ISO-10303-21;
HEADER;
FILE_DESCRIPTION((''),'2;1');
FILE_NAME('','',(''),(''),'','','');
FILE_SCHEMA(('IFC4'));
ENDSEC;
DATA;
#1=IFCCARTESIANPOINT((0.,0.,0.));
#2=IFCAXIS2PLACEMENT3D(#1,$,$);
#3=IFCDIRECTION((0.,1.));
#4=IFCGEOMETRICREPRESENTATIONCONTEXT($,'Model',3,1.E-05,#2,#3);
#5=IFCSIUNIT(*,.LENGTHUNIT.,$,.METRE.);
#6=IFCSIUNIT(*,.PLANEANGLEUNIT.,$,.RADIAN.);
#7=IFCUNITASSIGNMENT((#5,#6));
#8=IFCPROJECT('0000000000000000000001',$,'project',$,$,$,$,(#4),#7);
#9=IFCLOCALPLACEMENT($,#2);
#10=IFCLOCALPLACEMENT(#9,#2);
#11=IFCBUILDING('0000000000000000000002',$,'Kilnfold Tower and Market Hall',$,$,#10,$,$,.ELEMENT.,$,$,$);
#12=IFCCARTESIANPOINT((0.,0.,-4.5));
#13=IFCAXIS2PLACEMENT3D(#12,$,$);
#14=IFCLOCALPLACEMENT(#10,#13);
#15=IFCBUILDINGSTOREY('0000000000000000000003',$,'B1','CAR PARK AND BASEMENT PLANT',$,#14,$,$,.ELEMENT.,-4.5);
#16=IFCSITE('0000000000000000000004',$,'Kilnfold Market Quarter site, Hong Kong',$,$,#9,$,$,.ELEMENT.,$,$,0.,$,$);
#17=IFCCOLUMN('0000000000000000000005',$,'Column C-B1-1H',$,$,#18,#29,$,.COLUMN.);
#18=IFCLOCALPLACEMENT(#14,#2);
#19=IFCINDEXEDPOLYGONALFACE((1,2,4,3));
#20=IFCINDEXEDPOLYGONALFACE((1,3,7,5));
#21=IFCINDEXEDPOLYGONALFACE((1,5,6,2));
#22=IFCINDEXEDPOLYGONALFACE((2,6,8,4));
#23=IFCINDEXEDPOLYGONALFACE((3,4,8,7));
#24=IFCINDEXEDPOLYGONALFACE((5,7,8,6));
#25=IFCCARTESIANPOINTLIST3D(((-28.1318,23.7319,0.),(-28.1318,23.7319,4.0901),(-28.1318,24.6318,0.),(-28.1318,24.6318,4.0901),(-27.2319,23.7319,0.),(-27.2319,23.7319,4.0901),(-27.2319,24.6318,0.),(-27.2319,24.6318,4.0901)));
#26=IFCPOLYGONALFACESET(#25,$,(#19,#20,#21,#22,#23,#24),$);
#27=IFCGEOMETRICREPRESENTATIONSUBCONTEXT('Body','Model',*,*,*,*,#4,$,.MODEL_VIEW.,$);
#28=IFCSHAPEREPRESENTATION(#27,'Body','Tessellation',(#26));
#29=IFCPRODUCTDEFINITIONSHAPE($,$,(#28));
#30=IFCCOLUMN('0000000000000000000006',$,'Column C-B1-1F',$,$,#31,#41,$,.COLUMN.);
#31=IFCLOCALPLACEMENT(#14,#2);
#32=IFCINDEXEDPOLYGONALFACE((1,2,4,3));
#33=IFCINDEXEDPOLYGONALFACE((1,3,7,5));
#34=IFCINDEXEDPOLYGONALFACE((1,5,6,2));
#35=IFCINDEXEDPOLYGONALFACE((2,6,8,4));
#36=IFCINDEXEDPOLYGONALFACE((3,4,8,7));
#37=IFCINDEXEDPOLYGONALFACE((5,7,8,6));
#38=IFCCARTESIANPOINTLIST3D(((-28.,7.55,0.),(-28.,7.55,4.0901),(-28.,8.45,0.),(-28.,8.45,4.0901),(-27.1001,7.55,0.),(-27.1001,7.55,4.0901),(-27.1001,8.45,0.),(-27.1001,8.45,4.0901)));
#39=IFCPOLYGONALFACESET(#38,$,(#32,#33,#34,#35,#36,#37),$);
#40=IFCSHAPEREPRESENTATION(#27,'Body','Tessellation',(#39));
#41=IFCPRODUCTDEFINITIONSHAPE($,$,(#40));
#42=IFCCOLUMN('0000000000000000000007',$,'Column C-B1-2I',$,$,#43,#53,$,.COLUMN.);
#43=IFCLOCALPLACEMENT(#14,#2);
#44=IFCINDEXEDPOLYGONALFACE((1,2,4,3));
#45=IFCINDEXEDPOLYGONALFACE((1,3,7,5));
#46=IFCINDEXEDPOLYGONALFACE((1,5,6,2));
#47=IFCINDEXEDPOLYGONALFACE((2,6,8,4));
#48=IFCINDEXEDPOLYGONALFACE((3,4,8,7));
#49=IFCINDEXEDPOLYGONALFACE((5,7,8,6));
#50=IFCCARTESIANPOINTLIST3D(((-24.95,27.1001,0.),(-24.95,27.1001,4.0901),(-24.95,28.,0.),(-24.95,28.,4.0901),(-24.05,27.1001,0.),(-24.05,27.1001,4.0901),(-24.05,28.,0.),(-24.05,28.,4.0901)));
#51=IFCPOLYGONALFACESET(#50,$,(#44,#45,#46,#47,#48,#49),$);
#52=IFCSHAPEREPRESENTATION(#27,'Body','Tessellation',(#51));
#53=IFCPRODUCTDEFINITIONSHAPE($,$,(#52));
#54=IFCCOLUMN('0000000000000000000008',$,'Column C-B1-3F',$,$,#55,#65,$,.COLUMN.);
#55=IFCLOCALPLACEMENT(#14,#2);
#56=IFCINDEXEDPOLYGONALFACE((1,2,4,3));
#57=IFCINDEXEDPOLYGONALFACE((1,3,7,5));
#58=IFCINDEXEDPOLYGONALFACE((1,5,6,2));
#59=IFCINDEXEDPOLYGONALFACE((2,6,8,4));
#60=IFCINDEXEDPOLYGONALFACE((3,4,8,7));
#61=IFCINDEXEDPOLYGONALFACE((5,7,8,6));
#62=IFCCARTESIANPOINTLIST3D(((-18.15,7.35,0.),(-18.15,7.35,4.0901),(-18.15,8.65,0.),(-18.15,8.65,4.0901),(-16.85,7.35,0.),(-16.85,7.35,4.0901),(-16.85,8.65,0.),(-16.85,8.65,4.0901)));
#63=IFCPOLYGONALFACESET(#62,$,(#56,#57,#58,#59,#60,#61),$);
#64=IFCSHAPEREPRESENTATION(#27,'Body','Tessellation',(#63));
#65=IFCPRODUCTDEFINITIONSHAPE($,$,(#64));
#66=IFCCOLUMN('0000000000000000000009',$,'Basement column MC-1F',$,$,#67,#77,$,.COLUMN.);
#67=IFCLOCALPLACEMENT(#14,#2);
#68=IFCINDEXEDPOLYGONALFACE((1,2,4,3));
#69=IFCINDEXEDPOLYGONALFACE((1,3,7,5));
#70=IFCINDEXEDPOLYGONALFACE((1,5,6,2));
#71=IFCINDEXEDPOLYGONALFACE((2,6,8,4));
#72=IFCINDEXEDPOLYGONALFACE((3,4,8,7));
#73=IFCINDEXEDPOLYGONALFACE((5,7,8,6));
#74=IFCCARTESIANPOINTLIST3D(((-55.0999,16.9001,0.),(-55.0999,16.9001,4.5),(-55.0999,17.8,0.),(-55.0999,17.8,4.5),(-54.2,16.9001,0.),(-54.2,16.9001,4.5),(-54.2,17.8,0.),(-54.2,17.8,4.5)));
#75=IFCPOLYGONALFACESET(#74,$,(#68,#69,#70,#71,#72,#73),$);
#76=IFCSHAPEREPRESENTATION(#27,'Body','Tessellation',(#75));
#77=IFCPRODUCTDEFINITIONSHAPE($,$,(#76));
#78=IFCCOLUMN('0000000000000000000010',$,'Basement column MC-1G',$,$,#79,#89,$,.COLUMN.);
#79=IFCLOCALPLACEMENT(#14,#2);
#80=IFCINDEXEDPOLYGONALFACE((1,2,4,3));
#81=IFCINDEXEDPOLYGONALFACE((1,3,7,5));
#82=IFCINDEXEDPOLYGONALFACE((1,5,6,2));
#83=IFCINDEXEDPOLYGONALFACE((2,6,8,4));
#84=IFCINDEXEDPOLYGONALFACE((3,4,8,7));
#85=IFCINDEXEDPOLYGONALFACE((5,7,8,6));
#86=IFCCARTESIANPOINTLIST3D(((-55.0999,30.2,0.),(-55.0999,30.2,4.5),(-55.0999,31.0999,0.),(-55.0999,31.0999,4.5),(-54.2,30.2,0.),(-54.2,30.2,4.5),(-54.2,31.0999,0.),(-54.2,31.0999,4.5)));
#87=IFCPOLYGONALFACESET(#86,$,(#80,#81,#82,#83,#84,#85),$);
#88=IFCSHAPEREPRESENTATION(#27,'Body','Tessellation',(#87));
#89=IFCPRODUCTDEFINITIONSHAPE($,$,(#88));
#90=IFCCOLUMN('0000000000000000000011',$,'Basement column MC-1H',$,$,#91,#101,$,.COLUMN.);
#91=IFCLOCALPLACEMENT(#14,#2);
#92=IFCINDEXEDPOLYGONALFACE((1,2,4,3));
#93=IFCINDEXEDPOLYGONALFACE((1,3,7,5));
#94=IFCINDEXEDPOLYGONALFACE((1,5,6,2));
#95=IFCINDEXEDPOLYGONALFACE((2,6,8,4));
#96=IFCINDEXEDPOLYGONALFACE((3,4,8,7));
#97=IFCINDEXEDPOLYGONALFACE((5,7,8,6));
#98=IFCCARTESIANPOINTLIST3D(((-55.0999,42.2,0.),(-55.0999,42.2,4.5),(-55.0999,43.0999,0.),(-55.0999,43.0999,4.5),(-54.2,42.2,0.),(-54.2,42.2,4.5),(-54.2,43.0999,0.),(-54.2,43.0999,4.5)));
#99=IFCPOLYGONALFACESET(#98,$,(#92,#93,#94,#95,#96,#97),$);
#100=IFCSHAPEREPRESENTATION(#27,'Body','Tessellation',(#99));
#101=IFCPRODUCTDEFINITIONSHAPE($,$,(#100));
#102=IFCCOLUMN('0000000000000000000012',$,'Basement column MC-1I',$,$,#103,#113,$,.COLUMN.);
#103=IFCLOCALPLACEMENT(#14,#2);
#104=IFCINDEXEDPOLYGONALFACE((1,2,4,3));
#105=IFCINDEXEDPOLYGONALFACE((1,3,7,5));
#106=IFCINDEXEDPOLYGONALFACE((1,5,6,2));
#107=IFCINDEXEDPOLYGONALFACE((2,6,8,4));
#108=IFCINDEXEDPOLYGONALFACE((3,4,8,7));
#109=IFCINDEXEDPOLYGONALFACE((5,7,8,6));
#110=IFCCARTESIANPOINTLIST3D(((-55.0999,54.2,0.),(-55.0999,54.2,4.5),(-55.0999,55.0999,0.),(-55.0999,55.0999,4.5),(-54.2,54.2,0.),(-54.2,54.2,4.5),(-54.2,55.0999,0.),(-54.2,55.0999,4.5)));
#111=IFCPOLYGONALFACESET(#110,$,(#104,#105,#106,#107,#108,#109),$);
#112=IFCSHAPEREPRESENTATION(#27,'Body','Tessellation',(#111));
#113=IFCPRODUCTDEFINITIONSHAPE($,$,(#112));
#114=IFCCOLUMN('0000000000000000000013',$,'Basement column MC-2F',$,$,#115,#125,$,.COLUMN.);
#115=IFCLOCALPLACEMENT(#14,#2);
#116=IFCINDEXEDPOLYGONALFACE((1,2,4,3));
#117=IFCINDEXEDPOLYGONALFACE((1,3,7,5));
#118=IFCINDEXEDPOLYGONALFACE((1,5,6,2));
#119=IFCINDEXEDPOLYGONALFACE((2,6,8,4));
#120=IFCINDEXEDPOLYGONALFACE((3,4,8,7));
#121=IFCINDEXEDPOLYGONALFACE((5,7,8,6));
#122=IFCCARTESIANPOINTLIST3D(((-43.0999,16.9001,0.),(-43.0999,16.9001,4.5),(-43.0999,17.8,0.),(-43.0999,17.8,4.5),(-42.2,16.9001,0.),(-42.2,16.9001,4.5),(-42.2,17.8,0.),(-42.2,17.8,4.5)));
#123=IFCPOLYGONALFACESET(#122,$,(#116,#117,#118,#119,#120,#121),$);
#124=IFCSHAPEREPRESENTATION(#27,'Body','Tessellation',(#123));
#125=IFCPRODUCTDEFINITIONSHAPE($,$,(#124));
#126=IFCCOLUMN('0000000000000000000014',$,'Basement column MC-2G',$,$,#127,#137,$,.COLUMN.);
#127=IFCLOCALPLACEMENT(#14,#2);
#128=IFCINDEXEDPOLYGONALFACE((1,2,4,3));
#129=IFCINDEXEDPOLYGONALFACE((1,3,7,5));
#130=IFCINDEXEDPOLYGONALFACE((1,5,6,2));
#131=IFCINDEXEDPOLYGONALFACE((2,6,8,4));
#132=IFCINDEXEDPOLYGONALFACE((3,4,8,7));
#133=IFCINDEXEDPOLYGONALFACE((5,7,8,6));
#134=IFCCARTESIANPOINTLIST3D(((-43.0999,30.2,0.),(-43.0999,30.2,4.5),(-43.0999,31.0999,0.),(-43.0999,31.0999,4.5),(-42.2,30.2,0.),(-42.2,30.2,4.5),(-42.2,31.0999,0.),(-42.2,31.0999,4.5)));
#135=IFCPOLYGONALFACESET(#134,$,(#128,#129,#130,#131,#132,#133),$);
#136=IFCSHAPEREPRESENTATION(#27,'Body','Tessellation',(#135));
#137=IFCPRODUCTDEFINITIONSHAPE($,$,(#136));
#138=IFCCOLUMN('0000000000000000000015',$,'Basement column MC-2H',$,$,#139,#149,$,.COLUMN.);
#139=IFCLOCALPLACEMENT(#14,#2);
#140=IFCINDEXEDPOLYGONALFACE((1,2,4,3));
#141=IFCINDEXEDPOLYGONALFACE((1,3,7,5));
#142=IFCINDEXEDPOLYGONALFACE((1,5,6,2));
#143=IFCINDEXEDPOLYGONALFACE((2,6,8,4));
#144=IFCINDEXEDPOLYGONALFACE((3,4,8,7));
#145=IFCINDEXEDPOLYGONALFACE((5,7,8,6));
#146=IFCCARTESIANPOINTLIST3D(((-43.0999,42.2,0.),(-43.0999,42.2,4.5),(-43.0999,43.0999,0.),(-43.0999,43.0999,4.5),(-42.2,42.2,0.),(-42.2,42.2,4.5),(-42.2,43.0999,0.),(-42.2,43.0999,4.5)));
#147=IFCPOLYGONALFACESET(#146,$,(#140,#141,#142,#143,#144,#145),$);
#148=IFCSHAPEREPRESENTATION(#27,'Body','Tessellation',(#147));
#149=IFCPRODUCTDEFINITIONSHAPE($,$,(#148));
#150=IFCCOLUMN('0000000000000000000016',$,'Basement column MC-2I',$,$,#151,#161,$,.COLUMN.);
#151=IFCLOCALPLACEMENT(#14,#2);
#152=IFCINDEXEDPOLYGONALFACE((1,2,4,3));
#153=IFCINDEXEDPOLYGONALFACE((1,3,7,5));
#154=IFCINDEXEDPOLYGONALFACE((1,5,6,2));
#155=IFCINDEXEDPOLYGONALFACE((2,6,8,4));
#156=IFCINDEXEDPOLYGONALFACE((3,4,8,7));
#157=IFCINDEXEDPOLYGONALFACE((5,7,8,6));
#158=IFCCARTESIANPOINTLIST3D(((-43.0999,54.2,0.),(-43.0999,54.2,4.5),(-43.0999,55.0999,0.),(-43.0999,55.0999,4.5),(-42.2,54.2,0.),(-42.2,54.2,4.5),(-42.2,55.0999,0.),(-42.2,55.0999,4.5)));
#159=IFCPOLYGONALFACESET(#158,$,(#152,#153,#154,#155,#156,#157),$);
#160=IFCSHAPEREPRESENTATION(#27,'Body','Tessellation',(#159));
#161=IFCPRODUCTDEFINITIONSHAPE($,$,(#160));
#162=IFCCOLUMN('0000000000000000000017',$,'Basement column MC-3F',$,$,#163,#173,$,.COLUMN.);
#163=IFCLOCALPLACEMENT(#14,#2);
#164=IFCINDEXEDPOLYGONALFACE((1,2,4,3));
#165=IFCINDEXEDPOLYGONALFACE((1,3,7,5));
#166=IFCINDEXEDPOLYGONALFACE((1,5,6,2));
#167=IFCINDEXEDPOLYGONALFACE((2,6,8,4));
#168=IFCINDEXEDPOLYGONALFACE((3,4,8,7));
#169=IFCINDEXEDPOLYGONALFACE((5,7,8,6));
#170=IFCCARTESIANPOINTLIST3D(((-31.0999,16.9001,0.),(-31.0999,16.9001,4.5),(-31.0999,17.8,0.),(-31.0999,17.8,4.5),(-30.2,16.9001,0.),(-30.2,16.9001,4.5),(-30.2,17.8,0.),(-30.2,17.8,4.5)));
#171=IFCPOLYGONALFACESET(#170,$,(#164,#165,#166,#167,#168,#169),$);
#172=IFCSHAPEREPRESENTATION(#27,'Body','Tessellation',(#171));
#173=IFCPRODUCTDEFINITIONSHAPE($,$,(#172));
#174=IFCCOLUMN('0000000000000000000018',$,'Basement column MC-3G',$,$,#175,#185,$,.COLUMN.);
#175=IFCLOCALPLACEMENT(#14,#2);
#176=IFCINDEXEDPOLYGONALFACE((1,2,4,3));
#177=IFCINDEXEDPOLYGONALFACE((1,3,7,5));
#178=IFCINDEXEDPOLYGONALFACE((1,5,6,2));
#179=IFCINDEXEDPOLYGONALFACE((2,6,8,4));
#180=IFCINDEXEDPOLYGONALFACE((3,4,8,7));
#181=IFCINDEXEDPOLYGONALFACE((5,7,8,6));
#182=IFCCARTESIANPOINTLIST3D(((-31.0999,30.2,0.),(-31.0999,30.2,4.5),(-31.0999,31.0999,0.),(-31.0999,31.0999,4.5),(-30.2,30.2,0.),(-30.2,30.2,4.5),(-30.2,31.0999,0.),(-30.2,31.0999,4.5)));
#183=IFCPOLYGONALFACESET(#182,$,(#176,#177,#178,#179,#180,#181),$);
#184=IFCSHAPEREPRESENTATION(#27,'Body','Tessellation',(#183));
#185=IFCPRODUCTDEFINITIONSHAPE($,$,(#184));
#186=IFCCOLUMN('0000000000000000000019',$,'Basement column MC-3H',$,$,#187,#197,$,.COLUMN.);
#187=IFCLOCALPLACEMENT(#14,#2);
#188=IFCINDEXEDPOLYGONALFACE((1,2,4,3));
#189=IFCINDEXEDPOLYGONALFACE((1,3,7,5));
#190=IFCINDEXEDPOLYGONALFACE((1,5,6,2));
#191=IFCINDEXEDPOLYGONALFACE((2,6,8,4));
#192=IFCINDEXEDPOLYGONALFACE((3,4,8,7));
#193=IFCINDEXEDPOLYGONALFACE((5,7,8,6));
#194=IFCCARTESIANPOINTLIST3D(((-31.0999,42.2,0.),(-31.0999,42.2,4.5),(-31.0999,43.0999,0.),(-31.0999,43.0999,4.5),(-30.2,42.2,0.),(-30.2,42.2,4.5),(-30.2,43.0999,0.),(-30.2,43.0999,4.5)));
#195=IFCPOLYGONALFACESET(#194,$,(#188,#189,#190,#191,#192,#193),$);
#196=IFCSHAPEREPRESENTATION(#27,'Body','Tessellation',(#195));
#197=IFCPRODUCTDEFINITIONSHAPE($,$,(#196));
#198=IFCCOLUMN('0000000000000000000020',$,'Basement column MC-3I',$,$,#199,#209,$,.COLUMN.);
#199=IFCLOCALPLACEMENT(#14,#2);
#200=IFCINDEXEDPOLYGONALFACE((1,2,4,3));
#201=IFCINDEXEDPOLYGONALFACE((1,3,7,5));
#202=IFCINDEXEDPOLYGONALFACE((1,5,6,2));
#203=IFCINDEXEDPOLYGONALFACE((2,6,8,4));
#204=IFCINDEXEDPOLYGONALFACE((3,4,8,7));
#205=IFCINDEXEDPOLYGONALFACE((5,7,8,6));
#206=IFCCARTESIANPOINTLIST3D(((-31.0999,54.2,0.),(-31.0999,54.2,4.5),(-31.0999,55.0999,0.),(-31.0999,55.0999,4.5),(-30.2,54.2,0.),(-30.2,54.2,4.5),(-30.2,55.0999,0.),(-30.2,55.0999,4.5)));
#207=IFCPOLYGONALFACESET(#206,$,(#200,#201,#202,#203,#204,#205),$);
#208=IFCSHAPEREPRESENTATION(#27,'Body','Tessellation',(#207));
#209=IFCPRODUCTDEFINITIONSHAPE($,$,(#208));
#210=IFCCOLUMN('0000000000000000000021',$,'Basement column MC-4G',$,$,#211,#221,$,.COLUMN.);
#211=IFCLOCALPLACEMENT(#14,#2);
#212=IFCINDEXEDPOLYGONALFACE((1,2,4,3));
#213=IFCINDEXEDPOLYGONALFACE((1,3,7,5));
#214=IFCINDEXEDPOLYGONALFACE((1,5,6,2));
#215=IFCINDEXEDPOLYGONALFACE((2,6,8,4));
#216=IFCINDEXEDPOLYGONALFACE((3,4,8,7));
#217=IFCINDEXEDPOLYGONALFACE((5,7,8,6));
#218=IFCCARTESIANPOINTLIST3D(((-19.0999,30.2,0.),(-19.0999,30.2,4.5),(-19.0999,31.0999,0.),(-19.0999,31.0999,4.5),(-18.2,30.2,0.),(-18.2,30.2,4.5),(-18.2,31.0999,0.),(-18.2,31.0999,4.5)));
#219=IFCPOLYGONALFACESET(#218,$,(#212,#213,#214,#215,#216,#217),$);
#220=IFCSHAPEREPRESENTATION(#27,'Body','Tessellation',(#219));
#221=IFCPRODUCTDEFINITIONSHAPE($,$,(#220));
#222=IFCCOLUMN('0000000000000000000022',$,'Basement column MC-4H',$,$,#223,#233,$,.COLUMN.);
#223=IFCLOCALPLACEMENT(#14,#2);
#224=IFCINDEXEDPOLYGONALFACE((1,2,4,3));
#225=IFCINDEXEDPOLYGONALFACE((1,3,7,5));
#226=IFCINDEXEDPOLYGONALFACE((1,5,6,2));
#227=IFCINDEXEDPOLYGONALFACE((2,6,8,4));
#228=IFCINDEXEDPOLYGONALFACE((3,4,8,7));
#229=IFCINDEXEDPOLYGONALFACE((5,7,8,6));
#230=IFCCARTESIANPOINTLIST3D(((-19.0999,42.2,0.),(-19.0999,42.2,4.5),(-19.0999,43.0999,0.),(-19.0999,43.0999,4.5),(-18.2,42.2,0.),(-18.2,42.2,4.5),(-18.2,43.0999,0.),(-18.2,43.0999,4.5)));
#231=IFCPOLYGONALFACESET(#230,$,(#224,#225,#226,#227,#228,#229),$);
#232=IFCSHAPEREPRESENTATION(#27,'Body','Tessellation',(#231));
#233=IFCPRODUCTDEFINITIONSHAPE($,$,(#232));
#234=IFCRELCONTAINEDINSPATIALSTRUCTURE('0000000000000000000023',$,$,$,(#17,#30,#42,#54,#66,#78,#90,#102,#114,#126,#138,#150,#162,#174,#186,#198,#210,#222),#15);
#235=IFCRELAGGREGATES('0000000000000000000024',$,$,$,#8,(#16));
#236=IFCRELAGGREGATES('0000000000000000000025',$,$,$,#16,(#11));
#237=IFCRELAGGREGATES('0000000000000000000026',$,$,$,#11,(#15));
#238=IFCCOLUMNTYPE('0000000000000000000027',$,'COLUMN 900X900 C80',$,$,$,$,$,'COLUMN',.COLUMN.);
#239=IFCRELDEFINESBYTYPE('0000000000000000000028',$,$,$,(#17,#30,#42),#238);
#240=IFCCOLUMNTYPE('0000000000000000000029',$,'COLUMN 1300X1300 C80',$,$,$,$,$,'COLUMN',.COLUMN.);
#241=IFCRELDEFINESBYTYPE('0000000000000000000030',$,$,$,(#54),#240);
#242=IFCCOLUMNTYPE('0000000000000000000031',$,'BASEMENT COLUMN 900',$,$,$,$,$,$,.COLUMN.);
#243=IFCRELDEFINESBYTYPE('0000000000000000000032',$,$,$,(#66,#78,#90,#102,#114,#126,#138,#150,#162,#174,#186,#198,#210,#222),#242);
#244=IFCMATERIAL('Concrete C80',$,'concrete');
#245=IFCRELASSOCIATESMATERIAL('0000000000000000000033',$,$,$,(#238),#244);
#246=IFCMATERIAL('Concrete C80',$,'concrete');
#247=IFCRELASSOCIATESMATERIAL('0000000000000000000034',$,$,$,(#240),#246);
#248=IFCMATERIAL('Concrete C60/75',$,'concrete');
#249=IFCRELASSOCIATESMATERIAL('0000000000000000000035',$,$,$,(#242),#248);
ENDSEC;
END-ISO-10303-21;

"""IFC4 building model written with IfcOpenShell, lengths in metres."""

from ifc_helpers import new_model, si_unit, direction, frame, origin, origin_2d, place, context, subcontext, project, spatial, rectangle, extrude, source, transform, mapped, material, material_profile, profile_set, type_object, element, save


model = new_model("IFC4")

# Units and contexts
model_context = context("Model", 3, precision=1e-05, world=origin(), true_north=direction((0.0, 1.0)))
body_context = subcontext(model_context, "Body", "Model", "MODEL_VIEW")
ifc_project = project(units=[si_unit("LENGTHUNIT", "METRE"), si_unit("PLANEANGLEUNIT", "RADIAN")], contexts=[model_context])

# Site, building, storey
site_placement = place(None, origin())
site = spatial("IfcSite", under=ifc_project, at=site_placement, Name="Kilnfold Market Quarter site, Hong Kong", CompositionType="ELEMENT", RefElevation=0.0)
building_placement = place(site_placement, origin())
building = spatial("IfcBuilding", under=site, at=building_placement, Name="Kilnfold Tower and Market Hall", CompositionType="ELEMENT")
storey_placement = place(building_placement, frame((0.0, 0.0, -4.5)))
storey = spatial("IfcBuildingStorey", under=building, at=storey_placement, Name="B1", Description="CAR PARK AND BASEMENT PLANT", CompositionType="ELEMENT", Elevation=-4.5)

# Columns
ifc_material_1 = material(Name="Concrete C80", Category="concrete")
ifc_material_profile_1 = material_profile(ifc_material_1, rectangle(XDim=0.8999, YDim=0.8999, at=origin_2d()), Name="RC 900x900")
ifc_profile_set_1 = profile_set([ifc_material_profile_1], Name="Concrete C80")
column_type_1 = type_object("IfcColumnType", Name="COLUMN 900X900 C80", ElementType="COLUMN", PredefinedType="COLUMN", material=ifc_profile_set_1)
shared_shape_1 = source(origin(), body_context, "Body", "SweptSolid", [
    extrude(rectangle(XDim=0.8999, YDim=0.8999, at=origin_2d()), origin(), (0.0, 0.0, 1.0), 4.0901),
])
for number, where, z_axis, x_axis, name in (
    (1, (-27.6819, 24.1819, 0.0), (0.0, 0.0, 1.0), (1.0, 0.0, 0.0), "Column C-B1-1H"),
    (2, (-27.55, 8.0, 0.0), (0.0, 0.0, 1.0), (1.0, 0.0, 0.0), "Column C-B1-1F"),
    (3, (-24.5, 27.55, 0.0), (0.0, 0.0, 1.0), (1.0, 0.0, 0.0), "Column C-B1-2I"),
):
    element("IfcColumn", number, at=place(storey_placement, frame(where, z_axis=z_axis, x_axis=x_axis)), inside=storey, type_object=column_type_1, Name=name, PredefinedType="COLUMN", context=body_context, shape_type="MappedRepresentation", body=[
        mapped(shared_shape_1, transform((0.0, 0.0, 0.0))),
    ])
ifc_material_2 = material(Name="Concrete C80", Category="concrete")
ifc_material_profile_2 = material_profile(ifc_material_2, rectangle(XDim=1.3, YDim=1.3, at=origin_2d()), Name="RC 1300x1300")
ifc_profile_set_2 = profile_set([ifc_material_profile_2], Name="Concrete C80")
column_type_2 = type_object("IfcColumnType", Name="COLUMN 1300X1300 C80", ElementType="COLUMN", PredefinedType="COLUMN", material=ifc_profile_set_2)
shared_shape_2 = source(origin(), body_context, "Body", "SweptSolid", [
    extrude(rectangle(XDim=1.3, YDim=1.3, at=origin_2d()), origin(), (0.0, 0.0, 1.0), 4.0901),
])
column_placement = place(storey_placement, frame((-17.5, 8.0, 0.0), z_axis=(0.0, 0.0, 1.0), x_axis=(1.0, 0.0, 0.0)))
element("IfcColumn", 4, at=column_placement, inside=storey, type_object=column_type_2, Name="Column C-B1-3F", PredefinedType="COLUMN", context=body_context, shape_type="MappedRepresentation", body=[
    mapped(shared_shape_2, transform((0.0, 0.0, 0.0))),
])
ifc_material_3 = material(Name="Concrete C60/75", Category="concrete")
ifc_material_profile_3 = material_profile(ifc_material_3, rectangle(XDim=0.8999, YDim=0.8999, at=origin_2d()), Name="RC 900x900")
ifc_profile_set_3 = profile_set([ifc_material_profile_3], Name="Concrete C60/75")
column_type_3 = type_object("IfcColumnType", Name="BASEMENT COLUMN 900", PredefinedType="COLUMN", material=ifc_profile_set_3)
shared_shape_3 = source(origin(), body_context, "Body", "SweptSolid", [
    extrude(rectangle(XDim=0.8999, YDim=0.8999, at=origin_2d()), origin(), (0.0, 0.0, 1.0), 4.5),
])
for number, where, z_axis, x_axis, name in (
    (5, (-54.6499, 17.3501, 0.0), (0.0, 0.0, 1.0), (1.0, 0.0, 0.0), "Basement column MC-1F"),
    (6, (-54.6499, 30.6499, 0.0), (0.0, 0.0, 1.0), (1.0, 0.0, 0.0), "Basement column MC-1G"),
    (7, (-54.6499, 42.6499, 0.0), (0.0, 0.0, 1.0), (1.0, 0.0, 0.0), "Basement column MC-1H"),
    (8, (-54.6499, 54.6499, 0.0), (0.0, 0.0, 1.0), (1.0, 0.0, 0.0), "Basement column MC-1I"),
    (9, (-42.6499, 17.3501, 0.0), (0.0, 0.0, 1.0), (1.0, 0.0, 0.0), "Basement column MC-2F"),
    (10, (-42.6499, 30.6499, 0.0), (0.0, 0.0, 1.0), (1.0, 0.0, 0.0), "Basement column MC-2G"),
    (11, (-42.6499, 42.6499, 0.0), (0.0, 0.0, 1.0), (1.0, 0.0, 0.0), "Basement column MC-2H"),
    (12, (-42.6499, 54.6499, 0.0), (0.0, 0.0, 1.0), (1.0, 0.0, 0.0), "Basement column MC-2I"),
    (13, (-30.6499, 17.3501, 0.0), (0.0, 0.0, 1.0), (1.0, 0.0, 0.0), "Basement column MC-3F"),
    (14, (-30.6499, 30.6499, 0.0), (0.0, 0.0, 1.0), (1.0, 0.0, 0.0), "Basement column MC-3G"),
    (15, (-30.6499, 42.6499, 0.0), (0.0, 0.0, 1.0), (1.0, 0.0, 0.0), "Basement column MC-3H"),
    (16, (-30.6499, 54.6499, 0.0), (0.0, 0.0, 1.0), (1.0, 0.0, 0.0), "Basement column MC-3I"),
    (17, (-18.6499, 30.6499, 0.0), (0.0, 0.0, 1.0), (1.0, 0.0, 0.0), "Basement column MC-4G"),
    (18, (-18.6499, 42.6499, 0.0), (0.0, 0.0, 1.0), (1.0, 0.0, 0.0), "Basement column MC-4H"),
):
    element("IfcColumn", number, at=place(storey_placement, frame(where, z_axis=z_axis, x_axis=x_axis)), inside=storey, type_object=column_type_3, Name=name, PredefinedType="COLUMN", context=body_context, shape_type="MappedRepresentation", body=[
        mapped(shared_shape_3, transform((0.0, 0.0, 0.0))),
    ])

save(model, "model.ifc")
